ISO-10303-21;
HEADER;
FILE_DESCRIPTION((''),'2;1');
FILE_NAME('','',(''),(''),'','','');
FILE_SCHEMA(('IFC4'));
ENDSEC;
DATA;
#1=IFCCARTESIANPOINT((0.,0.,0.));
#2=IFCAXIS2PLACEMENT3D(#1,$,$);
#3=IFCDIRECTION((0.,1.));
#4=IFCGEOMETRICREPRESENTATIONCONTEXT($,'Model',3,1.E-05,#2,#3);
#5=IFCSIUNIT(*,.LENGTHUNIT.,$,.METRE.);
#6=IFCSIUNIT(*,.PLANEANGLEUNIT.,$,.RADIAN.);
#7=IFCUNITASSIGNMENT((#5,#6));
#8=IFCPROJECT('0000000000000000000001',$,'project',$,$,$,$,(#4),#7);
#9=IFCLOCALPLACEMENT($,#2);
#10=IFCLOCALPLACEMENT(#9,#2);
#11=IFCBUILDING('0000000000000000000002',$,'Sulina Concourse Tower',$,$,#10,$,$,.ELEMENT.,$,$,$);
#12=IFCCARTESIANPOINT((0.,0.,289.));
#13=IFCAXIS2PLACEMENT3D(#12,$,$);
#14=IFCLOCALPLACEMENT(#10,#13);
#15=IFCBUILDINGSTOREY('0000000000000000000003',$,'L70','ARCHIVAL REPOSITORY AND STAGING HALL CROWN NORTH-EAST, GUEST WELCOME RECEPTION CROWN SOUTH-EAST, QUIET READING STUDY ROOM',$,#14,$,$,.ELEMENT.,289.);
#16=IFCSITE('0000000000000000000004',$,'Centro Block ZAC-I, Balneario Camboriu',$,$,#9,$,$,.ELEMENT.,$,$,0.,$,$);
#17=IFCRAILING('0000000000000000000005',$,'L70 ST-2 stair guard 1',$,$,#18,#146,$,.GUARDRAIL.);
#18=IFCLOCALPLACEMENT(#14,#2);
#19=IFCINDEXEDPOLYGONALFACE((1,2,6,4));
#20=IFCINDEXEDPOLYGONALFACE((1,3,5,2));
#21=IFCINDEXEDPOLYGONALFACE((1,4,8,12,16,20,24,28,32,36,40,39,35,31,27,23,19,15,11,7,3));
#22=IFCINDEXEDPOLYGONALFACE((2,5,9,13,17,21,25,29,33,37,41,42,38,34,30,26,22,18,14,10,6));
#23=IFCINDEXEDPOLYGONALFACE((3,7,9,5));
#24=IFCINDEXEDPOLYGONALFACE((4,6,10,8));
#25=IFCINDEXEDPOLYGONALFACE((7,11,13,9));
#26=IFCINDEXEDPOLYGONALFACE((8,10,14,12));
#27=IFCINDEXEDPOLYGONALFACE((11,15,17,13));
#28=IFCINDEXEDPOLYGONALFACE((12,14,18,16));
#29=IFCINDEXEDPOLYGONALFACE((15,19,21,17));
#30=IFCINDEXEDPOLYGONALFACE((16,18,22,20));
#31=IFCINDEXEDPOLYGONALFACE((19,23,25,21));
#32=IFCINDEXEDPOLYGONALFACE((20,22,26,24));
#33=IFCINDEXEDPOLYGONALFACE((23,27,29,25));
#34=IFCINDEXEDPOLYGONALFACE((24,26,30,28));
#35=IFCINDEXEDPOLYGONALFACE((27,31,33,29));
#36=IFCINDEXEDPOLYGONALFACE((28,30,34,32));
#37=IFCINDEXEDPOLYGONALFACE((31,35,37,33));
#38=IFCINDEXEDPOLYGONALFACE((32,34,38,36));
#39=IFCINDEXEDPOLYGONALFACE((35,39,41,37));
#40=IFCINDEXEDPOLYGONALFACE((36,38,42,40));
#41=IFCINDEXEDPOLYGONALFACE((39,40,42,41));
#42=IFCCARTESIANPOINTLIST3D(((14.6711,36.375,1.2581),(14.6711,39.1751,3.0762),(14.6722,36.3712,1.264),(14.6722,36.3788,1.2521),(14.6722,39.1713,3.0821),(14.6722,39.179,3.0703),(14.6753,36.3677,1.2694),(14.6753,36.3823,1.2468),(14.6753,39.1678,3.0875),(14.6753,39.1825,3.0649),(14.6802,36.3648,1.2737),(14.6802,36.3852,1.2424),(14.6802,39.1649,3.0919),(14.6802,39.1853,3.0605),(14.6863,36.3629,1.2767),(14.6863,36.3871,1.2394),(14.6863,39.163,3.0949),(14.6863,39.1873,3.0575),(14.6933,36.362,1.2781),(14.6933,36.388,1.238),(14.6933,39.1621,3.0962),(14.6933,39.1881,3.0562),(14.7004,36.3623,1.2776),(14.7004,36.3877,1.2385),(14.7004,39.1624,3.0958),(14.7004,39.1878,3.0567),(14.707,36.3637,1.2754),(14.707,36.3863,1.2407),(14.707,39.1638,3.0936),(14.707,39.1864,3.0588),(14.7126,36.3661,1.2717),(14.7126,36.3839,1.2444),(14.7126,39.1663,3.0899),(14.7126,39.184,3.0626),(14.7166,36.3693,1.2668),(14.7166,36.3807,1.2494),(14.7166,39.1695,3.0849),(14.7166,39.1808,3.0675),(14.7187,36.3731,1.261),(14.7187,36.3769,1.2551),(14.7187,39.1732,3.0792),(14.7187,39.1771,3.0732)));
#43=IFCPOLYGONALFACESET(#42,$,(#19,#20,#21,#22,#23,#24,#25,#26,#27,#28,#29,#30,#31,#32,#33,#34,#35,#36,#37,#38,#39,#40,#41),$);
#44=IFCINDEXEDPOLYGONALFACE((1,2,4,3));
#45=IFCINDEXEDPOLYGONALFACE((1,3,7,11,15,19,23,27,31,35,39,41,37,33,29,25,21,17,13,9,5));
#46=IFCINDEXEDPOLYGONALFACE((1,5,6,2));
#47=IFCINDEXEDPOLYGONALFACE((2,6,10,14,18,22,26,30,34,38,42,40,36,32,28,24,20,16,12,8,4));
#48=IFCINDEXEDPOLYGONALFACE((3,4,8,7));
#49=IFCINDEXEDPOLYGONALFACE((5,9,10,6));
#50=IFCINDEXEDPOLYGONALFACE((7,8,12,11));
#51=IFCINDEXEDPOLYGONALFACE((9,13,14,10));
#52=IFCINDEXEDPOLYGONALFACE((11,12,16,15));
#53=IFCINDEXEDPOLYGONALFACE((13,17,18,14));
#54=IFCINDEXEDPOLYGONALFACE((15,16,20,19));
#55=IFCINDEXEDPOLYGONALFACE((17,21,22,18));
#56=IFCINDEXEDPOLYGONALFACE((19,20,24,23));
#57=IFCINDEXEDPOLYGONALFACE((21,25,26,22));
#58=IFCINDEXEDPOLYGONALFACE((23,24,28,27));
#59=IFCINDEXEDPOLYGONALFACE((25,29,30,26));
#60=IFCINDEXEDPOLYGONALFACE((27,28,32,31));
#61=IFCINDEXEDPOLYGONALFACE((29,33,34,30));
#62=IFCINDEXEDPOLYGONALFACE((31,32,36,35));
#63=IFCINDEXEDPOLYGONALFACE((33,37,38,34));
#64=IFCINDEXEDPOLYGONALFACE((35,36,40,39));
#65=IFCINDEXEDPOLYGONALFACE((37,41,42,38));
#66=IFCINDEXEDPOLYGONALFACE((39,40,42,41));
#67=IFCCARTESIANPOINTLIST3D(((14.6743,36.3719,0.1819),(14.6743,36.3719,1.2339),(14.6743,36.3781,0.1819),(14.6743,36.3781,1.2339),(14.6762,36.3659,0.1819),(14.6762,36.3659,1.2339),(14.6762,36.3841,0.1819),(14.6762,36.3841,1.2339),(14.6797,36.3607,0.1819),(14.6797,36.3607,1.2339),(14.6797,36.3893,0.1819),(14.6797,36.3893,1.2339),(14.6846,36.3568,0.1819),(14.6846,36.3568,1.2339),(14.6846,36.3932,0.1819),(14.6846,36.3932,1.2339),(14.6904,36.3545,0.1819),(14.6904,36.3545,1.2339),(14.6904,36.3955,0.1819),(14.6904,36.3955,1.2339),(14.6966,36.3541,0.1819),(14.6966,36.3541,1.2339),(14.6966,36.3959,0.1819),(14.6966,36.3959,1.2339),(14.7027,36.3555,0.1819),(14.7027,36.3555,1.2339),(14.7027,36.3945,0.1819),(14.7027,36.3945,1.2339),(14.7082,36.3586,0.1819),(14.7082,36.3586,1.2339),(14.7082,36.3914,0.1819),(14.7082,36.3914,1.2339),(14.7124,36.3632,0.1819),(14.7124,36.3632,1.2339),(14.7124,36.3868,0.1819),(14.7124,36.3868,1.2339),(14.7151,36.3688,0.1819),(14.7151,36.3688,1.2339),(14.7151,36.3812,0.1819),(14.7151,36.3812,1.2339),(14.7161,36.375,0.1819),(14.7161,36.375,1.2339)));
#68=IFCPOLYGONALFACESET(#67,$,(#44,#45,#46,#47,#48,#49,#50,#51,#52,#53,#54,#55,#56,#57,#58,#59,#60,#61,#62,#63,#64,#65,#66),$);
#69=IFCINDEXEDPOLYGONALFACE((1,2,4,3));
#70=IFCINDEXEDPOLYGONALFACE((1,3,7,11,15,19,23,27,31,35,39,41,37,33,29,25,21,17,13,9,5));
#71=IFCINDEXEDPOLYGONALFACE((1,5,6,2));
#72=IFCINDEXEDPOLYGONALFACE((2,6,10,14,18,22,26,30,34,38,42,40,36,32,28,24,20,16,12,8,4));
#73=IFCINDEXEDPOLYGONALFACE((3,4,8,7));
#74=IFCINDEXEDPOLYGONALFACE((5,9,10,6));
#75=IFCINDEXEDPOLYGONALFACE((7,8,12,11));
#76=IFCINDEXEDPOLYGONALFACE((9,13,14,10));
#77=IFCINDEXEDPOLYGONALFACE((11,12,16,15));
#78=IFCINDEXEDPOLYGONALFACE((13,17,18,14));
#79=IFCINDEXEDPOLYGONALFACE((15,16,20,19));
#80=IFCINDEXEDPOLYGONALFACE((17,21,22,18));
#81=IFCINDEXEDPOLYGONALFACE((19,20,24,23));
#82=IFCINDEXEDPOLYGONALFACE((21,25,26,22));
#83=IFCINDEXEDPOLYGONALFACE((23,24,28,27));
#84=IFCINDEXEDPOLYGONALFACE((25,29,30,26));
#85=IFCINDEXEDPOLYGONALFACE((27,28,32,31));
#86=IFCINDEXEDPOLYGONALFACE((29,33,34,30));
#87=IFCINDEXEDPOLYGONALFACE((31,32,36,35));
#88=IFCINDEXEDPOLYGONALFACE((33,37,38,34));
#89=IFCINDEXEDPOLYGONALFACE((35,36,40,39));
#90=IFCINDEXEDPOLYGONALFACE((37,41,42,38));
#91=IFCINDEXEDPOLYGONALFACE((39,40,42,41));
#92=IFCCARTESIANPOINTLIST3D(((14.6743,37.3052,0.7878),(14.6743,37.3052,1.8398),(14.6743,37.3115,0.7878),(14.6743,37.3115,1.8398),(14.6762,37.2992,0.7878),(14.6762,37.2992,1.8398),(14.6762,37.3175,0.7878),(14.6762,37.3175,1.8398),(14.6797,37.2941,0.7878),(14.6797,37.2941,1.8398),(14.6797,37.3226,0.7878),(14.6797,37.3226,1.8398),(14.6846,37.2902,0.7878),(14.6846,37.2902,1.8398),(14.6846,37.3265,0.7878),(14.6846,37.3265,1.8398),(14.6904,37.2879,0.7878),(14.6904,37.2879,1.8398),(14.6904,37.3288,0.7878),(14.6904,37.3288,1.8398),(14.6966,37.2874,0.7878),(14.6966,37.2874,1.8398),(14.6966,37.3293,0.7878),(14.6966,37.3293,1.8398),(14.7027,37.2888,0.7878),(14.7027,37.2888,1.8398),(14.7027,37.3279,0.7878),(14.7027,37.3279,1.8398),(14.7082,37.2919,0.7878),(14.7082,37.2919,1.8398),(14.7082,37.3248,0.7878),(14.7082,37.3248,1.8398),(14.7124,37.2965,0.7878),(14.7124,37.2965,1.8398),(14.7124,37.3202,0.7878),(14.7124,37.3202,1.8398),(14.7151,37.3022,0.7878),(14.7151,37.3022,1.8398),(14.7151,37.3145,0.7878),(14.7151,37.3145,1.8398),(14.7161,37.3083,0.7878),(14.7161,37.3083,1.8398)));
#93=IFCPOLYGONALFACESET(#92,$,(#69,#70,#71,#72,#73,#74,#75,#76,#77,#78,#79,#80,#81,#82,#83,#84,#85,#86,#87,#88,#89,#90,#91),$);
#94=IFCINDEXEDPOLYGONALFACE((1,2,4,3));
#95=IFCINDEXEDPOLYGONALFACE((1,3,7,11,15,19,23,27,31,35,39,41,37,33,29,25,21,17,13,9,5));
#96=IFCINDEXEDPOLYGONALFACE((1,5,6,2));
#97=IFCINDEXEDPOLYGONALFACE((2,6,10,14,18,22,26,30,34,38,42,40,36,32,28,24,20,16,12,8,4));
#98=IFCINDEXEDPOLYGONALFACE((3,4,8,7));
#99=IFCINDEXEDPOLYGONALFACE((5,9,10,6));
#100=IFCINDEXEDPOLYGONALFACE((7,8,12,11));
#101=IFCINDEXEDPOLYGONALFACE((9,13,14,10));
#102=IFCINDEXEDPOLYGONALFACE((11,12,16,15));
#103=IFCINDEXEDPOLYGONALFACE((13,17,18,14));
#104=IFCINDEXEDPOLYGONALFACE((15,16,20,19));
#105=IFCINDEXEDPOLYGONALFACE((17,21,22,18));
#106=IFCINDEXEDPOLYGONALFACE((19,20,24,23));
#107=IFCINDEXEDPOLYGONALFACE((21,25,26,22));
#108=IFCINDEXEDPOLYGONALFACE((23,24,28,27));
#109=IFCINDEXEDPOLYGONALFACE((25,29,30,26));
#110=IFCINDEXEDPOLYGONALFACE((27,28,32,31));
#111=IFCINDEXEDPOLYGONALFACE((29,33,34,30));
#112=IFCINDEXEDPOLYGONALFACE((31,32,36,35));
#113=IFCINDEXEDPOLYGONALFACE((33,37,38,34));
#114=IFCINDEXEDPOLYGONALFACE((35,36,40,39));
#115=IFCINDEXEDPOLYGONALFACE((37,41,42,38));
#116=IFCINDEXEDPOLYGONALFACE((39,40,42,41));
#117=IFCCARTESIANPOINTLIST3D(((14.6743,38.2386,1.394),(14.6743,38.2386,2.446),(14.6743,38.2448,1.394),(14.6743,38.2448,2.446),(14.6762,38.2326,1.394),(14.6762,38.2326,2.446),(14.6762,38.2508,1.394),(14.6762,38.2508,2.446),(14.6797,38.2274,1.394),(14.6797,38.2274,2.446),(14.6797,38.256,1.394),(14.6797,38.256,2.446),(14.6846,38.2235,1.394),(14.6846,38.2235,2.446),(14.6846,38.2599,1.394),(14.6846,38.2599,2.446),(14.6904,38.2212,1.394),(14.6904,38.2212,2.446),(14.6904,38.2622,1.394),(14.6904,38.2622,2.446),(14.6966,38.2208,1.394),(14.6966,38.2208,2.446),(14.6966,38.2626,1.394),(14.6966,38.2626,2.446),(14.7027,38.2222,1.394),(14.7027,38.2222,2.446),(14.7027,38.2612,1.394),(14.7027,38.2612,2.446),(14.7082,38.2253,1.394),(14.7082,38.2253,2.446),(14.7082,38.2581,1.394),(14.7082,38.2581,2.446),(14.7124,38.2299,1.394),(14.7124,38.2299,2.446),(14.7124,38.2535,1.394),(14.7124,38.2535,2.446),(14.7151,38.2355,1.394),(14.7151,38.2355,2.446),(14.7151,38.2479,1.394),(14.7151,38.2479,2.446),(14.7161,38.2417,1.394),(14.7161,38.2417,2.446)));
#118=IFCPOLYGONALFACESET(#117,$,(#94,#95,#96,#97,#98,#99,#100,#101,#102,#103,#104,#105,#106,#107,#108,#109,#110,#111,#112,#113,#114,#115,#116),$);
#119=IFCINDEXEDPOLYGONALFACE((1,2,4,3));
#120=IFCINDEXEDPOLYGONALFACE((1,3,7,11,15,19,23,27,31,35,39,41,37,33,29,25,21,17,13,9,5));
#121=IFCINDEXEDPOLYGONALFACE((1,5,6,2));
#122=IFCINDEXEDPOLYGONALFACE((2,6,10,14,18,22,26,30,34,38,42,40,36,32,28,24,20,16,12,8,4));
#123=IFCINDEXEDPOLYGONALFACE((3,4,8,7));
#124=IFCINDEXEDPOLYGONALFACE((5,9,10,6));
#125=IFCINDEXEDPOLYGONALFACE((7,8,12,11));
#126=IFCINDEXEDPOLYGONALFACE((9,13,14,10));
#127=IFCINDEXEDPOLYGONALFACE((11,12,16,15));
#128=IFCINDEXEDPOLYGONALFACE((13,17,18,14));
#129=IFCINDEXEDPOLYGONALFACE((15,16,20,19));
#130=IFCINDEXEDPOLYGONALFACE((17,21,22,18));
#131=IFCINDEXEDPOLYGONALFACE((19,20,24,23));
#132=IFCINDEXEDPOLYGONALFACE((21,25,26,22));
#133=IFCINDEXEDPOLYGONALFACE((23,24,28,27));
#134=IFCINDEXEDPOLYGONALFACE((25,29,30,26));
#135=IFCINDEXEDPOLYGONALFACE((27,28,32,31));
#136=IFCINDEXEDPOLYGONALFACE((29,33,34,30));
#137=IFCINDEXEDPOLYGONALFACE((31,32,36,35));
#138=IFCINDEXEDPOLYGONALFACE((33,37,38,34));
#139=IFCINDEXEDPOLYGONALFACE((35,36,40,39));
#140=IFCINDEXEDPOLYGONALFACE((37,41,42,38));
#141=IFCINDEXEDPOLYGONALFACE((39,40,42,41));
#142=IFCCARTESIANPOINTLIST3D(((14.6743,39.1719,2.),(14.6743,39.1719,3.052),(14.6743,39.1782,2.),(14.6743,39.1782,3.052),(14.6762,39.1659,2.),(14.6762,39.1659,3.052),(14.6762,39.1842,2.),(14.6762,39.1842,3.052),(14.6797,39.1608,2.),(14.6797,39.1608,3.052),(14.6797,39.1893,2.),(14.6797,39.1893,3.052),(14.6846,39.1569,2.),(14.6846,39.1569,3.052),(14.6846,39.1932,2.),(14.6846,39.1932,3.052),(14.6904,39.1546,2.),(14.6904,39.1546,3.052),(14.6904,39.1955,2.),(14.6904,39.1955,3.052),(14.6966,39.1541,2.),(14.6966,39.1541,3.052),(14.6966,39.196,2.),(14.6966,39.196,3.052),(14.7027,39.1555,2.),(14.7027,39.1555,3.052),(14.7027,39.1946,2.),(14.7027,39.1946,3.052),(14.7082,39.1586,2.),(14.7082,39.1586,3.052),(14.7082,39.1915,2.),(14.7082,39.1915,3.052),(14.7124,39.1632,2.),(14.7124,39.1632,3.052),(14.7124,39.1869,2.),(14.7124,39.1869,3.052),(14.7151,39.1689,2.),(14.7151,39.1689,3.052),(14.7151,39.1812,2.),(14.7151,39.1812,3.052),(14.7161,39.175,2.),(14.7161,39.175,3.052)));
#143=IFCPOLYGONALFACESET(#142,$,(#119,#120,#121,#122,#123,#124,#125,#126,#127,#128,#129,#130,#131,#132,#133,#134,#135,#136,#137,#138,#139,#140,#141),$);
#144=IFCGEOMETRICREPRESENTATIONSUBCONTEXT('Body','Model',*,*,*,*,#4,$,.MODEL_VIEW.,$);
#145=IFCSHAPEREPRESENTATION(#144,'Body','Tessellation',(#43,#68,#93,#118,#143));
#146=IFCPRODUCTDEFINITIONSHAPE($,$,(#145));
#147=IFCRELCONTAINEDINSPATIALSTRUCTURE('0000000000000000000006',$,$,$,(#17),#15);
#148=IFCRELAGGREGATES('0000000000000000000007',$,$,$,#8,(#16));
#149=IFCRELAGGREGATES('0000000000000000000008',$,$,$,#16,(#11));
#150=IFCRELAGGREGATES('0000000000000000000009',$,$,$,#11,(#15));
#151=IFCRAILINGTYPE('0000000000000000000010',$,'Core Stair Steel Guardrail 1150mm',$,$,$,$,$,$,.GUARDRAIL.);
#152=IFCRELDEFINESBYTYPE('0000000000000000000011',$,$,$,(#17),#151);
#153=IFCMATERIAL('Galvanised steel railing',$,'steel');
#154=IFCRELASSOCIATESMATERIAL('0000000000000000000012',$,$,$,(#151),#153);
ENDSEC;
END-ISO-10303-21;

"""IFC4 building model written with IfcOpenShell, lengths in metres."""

from ifc_helpers import new_model, si_unit, direction, frame, origin, origin_2d, place, context, subcontext, project, spatial, circle, extrude, material, type_object, element, save


model = new_model("IFC4")

# Units and contexts
model_context = context("Model", 3, precision=1e-05, world=origin(), true_north=direction((0.0, 1.0)))
body_context = subcontext(model_context, "Body", "Model", "MODEL_VIEW")
ifc_project = project(units=[si_unit("LENGTHUNIT", "METRE"), si_unit("PLANEANGLEUNIT", "RADIAN")], contexts=[model_context])

# Site, building, storey
site_placement = place(None, origin())
site = spatial("IfcSite", under=ifc_project, at=site_placement, Name="Centro Block ZAC-I, Balneario Camboriu", CompositionType="ELEMENT", RefElevation=0.0)
building_placement = place(site_placement, origin())
building = spatial("IfcBuilding", under=site, at=building_placement, Name="Sulina Concourse Tower", CompositionType="ELEMENT")
storey_placement = place(building_placement, frame((0.0, 0.0, 289.0)))
storey = spatial("IfcBuildingStorey", under=building, at=storey_placement, Name="L70", Description="ARCHIVAL REPOSITORY AND STAGING HALL CROWN NORTH-EAST, GUEST WELCOME RECEPTION CROWN SOUTH-EAST, QUIET READING STUDY ROOM", CompositionType="ELEMENT", Elevation=289.0)

# Railing
ifc_material_1 = material(Name="Galvanised steel railing", Category="steel")
railing_type_1 = type_object("IfcRailingType", Name="Core Stair Steel Guardrail 1150mm", PredefinedType="GUARDRAIL", material=ifc_material_1)
railing_1_placement = place(storey_placement, frame((14.6951, 36.375, 0.1819)))
element("IfcRailing", 1, at=railing_1_placement, inside=storey, type_object=railing_type_1, Name="L70 ST-2 stair guard 1", PredefinedType="GUARDRAIL", context=body_context, shape_type="SweptSolid", body=[
    extrude(circle(Radius=0.0239, at=origin_2d()), frame((0.0, 0.0, 1.0762), z_axis=(0.0, 0.838706, 0.544585), x_axis=(-1.0, 0.0, 0.0)), (0.0, 0.0, 1.0), 3.3386),
    extrude(circle(Radius=0.021, at=origin_2d()), origin(), (0.0, 0.0, 1.0), 1.052),
    extrude(circle(Radius=0.021, at=origin_2d()), frame((0.0, 0.9333, 0.606)), (0.0, 0.0, 1.0), 1.052),
    extrude(circle(Radius=0.021, at=origin_2d()), frame((0.0, 1.8667, 1.2122)), (0.0, 0.0, 1.0), 1.052),
    extrude(circle(Radius=0.021, at=origin_2d()), frame((0.0, 2.8, 1.8181)), (0.0, 0.0, 1.0), 1.052),
])

save(model, "model.ifc")
